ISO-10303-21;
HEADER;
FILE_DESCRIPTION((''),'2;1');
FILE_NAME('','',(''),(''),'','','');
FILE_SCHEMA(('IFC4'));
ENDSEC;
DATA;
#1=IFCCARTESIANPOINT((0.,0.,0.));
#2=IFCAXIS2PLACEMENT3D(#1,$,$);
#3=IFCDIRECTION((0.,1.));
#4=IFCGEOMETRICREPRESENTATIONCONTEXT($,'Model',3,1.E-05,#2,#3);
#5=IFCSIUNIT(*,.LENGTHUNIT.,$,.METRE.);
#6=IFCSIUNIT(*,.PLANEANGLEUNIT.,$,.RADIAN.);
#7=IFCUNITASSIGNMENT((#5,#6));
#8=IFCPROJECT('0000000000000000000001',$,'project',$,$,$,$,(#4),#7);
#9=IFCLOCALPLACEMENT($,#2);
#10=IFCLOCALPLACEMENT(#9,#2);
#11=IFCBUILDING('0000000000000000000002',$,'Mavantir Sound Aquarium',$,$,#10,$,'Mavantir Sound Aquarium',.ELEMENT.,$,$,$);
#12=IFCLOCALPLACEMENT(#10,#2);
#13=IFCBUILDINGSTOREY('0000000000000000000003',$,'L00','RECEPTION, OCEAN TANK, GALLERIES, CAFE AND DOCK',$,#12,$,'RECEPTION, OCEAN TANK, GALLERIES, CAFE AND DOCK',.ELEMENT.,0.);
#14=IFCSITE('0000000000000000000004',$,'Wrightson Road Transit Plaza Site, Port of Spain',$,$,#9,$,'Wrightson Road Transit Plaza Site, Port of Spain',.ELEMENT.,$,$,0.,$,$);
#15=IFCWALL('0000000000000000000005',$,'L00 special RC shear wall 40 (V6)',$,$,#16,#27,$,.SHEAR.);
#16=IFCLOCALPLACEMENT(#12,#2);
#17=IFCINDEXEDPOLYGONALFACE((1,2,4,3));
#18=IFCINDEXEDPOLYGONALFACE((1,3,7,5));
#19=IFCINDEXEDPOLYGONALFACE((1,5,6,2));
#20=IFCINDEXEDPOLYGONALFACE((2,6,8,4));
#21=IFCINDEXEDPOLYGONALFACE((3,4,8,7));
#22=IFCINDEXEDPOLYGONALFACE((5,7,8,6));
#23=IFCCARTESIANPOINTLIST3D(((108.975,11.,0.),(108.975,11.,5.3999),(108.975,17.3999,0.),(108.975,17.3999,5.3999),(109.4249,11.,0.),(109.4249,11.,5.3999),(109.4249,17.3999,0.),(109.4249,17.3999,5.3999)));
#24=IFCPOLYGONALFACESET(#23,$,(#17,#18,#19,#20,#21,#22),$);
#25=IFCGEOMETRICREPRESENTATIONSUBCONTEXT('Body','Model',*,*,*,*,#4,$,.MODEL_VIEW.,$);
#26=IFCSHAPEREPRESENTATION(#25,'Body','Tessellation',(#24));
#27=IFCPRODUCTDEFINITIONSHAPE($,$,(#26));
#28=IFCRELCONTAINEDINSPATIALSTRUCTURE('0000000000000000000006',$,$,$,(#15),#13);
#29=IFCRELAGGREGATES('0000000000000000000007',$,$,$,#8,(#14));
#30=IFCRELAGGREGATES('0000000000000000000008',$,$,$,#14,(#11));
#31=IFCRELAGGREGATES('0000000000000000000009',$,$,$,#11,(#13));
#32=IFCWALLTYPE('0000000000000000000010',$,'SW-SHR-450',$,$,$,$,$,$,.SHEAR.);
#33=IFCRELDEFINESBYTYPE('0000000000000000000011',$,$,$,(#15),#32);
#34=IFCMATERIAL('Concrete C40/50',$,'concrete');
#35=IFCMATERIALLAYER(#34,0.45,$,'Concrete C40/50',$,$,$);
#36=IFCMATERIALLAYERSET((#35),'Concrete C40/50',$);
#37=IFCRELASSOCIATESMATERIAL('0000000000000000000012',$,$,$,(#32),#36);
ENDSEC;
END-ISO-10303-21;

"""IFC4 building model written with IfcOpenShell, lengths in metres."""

from ifc_helpers import new_model, si_unit, direction, frame, frame_2d, origin, place, context, subcontext, project, spatial, rectangle, extrude, material, layer, layer_set, type_object, element, save


model = new_model("IFC4")

# Units and contexts
model_context = context("Model", 3, precision=1e-05, world=origin(), true_north=direction((0.0, 1.0)))
body_context = subcontext(model_context, "Body", "Model", "MODEL_VIEW")
ifc_project = project(units=[si_unit("LENGTHUNIT", "METRE"), si_unit("PLANEANGLEUNIT", "RADIAN")], contexts=[model_context])

# Site, building, storey
site_placement = place(None, origin())
site = spatial("IfcSite", under=ifc_project, at=site_placement, Name="Wrightson Road Transit Plaza Site, Port of Spain", LongName="Wrightson Road Transit Plaza Site, Port of Spain", CompositionType="ELEMENT", RefElevation=0.0)
building_placement = place(site_placement, origin())
building = spatial("IfcBuilding", under=site, at=building_placement, Name="Mavantir Sound Aquarium", LongName="Mavantir Sound Aquarium", CompositionType="ELEMENT")
storey_placement = place(building_placement, origin())
storey = spatial("IfcBuildingStorey", under=building, at=storey_placement, Name="L00", Description="RECEPTION, OCEAN TANK, GALLERIES, CAFE AND DOCK", LongName="RECEPTION, OCEAN TANK, GALLERIES, CAFE AND DOCK", CompositionType="ELEMENT", Elevation=0.0)

# Shared definitions
ifc_material_1 = material(Name="Concrete C40/50", Category="concrete")

# Wall
ifc_layer_1 = layer(ifc_material_1, 0.45, Name="Concrete C40/50")
ifc_layer_set_1 = layer_set([ifc_layer_1], Name="Concrete C40/50")
wall_type_1 = type_object("IfcWallType", Name="SW-SHR-450", PredefinedType="SHEAR", material=ifc_layer_set_1)
wall_1_placement = place(storey_placement, frame((109.2, 11.0, 0.0), z_axis=(0.0, 0.0, 1.0), x_axis=(0.0, 1.0, 0.0)))
element("IfcWall", 1, at=wall_1_placement, inside=storey, type_object=wall_type_1, Name="L00 special RC shear wall 40 (V6)", PredefinedType="SHEAR", context=body_context, shape_type="SweptSolid", body=[
    extrude(rectangle(XDim=6.3999, YDim=0.45, at=frame_2d((3.2, 0.0))), origin(), (0.0, 0.0, 1.0), 5.3999),
])

save(model, "model.ifc")
